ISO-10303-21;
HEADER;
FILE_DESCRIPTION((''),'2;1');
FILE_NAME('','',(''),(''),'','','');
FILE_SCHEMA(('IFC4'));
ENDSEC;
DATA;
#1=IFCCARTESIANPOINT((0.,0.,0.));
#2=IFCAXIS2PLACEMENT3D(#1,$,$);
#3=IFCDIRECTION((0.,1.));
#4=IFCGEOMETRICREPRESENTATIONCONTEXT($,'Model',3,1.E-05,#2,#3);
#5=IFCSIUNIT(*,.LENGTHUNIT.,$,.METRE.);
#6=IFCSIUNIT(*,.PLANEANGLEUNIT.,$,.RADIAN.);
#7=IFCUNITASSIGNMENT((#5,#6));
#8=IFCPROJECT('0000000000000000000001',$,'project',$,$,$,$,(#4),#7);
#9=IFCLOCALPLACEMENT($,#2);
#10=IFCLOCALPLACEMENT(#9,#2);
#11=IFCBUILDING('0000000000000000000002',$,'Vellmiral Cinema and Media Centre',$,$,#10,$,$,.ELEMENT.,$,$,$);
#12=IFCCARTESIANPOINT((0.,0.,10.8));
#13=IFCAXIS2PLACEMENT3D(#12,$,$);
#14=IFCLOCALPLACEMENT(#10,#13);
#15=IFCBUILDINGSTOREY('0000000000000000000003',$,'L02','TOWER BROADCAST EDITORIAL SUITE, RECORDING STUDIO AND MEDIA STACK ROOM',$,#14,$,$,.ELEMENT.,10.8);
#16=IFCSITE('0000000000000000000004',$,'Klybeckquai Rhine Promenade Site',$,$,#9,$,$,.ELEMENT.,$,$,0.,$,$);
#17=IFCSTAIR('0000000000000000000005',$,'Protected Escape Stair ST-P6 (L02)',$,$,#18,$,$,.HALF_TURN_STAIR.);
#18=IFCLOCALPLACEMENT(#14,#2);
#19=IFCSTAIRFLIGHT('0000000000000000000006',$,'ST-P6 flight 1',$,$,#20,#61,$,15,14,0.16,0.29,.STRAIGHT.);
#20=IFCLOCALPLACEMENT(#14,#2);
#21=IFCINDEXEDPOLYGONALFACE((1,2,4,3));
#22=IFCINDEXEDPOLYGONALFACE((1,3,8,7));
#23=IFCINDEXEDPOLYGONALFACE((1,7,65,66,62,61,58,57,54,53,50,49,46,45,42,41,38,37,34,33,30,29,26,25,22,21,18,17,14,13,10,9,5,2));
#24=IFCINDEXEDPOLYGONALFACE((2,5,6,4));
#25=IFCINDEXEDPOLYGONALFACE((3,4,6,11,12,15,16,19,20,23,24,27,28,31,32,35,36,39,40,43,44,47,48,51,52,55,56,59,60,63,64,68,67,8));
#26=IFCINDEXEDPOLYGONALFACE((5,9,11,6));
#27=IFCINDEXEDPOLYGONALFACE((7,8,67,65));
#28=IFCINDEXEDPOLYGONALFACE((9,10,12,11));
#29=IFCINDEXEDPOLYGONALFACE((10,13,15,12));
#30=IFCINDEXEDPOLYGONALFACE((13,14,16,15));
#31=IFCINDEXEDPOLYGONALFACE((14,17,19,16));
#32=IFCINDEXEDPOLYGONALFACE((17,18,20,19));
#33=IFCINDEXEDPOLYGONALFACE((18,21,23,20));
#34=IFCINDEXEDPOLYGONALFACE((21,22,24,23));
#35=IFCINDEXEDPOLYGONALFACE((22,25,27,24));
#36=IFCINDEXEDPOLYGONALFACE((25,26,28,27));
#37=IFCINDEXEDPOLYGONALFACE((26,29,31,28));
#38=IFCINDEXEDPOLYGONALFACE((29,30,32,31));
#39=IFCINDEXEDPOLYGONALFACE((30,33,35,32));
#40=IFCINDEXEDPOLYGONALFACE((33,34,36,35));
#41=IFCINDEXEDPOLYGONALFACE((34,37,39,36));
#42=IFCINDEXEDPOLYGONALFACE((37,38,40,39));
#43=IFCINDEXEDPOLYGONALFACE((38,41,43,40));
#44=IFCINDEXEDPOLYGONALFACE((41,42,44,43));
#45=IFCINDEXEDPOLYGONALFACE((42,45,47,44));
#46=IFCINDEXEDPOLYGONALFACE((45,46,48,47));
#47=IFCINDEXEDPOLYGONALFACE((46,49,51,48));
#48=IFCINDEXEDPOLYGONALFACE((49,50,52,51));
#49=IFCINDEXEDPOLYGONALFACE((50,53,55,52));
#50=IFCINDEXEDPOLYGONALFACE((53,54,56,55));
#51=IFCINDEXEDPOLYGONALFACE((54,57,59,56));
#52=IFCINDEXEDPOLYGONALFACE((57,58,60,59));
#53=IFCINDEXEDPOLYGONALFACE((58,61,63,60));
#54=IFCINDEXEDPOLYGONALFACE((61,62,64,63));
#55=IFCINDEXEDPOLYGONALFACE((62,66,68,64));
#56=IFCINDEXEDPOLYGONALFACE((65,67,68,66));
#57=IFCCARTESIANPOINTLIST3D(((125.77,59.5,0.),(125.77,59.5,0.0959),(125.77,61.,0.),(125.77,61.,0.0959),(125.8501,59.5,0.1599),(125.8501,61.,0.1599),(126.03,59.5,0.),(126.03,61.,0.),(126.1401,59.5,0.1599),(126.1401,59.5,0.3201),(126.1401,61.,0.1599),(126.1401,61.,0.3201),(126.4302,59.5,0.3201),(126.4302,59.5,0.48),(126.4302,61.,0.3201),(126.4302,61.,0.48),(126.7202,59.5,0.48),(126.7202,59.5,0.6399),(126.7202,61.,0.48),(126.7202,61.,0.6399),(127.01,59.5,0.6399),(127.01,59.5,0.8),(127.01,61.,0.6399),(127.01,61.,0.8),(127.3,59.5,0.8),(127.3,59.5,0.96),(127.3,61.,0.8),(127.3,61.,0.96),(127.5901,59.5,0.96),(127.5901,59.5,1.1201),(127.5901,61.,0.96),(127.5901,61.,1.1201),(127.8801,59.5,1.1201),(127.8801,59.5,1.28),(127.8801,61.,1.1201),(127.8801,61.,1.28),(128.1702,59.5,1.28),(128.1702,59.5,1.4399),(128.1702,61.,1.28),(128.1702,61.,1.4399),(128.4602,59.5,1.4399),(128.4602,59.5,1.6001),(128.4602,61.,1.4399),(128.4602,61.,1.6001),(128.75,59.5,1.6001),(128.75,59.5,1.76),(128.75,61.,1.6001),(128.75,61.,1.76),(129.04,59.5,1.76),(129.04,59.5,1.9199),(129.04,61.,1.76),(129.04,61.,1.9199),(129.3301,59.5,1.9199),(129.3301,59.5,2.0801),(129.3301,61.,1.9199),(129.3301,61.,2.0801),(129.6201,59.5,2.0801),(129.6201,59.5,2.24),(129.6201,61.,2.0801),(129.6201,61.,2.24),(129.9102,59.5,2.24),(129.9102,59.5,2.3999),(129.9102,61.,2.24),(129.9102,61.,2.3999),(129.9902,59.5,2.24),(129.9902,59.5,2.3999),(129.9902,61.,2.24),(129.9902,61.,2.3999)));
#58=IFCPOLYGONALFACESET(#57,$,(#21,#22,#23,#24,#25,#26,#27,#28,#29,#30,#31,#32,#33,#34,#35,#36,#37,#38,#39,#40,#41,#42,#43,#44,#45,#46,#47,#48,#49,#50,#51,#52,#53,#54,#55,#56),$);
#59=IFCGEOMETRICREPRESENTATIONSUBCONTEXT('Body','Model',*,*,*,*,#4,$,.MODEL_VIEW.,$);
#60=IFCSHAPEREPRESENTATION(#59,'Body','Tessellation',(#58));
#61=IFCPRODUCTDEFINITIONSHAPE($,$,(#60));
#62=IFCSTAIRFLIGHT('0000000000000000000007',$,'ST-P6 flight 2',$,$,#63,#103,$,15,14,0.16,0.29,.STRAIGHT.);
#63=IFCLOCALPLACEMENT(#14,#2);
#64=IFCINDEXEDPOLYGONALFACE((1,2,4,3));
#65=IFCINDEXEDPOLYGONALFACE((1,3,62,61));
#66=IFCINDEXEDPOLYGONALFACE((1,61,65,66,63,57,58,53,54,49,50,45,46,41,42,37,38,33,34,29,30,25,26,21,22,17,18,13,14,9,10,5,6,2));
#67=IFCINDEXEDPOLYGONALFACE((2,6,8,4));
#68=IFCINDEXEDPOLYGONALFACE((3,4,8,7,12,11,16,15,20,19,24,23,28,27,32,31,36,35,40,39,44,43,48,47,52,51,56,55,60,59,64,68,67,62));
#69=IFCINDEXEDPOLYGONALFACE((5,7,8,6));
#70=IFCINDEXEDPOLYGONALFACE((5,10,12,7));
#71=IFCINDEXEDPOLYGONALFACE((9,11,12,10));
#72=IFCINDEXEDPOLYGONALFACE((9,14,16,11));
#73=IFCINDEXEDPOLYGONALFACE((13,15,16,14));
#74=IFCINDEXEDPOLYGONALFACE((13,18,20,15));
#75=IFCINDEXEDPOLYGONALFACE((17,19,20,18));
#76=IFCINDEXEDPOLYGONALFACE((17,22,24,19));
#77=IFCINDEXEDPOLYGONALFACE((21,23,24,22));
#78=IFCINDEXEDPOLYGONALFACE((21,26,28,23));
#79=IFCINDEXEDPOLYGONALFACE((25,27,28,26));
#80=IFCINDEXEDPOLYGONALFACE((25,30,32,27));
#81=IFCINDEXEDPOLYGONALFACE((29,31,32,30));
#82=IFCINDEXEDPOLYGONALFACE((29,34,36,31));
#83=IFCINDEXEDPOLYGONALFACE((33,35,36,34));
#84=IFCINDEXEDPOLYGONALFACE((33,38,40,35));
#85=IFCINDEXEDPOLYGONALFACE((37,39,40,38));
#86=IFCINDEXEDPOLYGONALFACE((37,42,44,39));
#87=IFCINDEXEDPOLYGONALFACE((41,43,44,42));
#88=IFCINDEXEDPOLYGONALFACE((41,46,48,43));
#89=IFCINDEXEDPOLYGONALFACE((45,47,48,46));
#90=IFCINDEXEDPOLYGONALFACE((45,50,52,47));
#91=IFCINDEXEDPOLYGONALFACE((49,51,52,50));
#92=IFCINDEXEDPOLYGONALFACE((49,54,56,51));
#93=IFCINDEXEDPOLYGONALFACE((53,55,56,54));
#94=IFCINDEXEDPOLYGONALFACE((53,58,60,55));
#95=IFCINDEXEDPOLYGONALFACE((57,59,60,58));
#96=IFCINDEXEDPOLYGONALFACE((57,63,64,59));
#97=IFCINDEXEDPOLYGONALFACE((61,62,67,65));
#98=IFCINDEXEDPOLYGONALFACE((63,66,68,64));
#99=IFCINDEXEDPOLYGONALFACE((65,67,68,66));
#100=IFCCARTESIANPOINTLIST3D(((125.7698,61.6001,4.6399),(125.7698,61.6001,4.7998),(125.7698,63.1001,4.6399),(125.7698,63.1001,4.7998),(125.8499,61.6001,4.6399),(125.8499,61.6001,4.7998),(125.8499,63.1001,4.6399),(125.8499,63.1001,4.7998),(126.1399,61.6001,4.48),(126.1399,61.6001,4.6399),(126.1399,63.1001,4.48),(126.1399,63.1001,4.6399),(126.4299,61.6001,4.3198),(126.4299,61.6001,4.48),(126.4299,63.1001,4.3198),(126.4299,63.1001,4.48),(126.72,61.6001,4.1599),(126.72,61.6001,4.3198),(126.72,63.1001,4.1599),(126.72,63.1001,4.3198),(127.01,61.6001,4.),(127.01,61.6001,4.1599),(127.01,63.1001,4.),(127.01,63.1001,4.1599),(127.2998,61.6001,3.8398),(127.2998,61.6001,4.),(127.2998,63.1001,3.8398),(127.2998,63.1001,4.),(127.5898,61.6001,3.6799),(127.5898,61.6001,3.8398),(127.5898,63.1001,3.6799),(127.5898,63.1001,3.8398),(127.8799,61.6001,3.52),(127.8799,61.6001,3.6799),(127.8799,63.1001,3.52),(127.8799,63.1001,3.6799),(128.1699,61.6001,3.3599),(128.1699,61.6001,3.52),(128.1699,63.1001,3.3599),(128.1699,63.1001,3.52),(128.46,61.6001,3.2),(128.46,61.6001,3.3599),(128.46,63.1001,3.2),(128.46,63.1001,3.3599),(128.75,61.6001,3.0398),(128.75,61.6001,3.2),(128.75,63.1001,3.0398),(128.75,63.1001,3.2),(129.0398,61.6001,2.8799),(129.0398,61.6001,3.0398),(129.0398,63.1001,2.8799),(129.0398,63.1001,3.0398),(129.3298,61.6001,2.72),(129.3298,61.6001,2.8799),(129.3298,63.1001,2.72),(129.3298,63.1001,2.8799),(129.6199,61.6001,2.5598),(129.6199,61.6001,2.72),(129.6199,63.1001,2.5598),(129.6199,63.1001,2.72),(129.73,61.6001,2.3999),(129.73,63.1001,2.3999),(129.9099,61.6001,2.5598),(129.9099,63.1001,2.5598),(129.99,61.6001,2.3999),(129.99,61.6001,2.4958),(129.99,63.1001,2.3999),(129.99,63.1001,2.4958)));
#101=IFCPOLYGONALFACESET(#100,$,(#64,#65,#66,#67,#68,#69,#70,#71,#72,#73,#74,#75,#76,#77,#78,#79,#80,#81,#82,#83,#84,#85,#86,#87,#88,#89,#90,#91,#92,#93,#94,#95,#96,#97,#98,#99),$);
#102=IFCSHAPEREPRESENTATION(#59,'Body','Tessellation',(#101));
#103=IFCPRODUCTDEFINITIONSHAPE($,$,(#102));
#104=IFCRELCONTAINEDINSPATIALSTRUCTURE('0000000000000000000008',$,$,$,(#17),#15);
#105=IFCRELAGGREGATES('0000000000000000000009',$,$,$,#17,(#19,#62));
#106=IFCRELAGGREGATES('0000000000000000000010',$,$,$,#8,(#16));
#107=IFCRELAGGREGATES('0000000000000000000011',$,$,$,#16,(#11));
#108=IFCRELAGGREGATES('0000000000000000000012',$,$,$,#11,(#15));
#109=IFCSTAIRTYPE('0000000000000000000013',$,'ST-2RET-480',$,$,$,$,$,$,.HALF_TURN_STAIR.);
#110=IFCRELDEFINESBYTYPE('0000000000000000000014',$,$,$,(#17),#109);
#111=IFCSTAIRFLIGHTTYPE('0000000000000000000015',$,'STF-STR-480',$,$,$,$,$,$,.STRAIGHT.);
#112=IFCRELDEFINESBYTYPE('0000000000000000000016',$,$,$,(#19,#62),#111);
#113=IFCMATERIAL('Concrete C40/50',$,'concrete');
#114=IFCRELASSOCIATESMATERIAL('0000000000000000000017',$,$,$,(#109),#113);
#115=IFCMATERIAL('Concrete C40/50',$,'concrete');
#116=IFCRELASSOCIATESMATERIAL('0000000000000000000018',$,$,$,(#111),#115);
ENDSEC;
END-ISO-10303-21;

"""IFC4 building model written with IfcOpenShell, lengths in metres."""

from ifc_helpers import new_model, si_unit, direction, frame, origin, place, context, subcontext, project, spatial, polyline, outline, extrude, material, type_object, element, aggregate, save


model = new_model("IFC4")

# Units and contexts
model_context = context("Model", 3, precision=1e-05, world=origin(), true_north=direction((0.0, 1.0)))
body_context = subcontext(model_context, "Body", "Model", "MODEL_VIEW")
ifc_project = project(units=[si_unit("LENGTHUNIT", "METRE"), si_unit("PLANEANGLEUNIT", "RADIAN")], contexts=[model_context])

# Site, building, storey
site_placement = place(None, origin())
site = spatial("IfcSite", under=ifc_project, at=site_placement, Name="Klybeckquai Rhine Promenade Site", CompositionType="ELEMENT", RefElevation=0.0)
building_placement = place(site_placement, origin())
building = spatial("IfcBuilding", under=site, at=building_placement, Name="Vellmiral Cinema and Media Centre", CompositionType="ELEMENT")
storey_placement = place(building_placement, frame((0.0, 0.0, 10.8)))
storey = spatial("IfcBuildingStorey", under=building, at=storey_placement, Name="L02", Description="TOWER BROADCAST EDITORIAL SUITE, RECORDING STUDIO AND MEDIA STACK ROOM", CompositionType="ELEMENT", Elevation=10.8)

# Stair, stair flights
ifc_material_1 = material(Name="Concrete C40/50", Category="concrete")
stair_type = type_object("IfcStairType", Name="ST-2RET-480", PredefinedType="HALF_TURN_STAIR", material=ifc_material_1)
stair_placement = place(storey_placement, origin())
stair = element("IfcStair", 1, at=stair_placement, inside=storey, type_object=stair_type, Name="Protected Escape Stair ST-P6 (L02)", PredefinedType="HALF_TURN_STAIR")
ifc_material_2 = material(Name="Concrete C40/50", Category="concrete")
stair_flight_type = type_object("IfcStairFlightType", Name="STF-STR-480", PredefinedType="STRAIGHT", material=ifc_material_2)
stair_flight_1_placement = place(storey_placement, frame((125.8501, 60.25, 0.0), z_axis=(0.0, 0.0, 1.0), x_axis=(1.0, 0.0, 0.0)))
stair_flight_1 = element("IfcStairFlight", 2, at=stair_flight_1_placement, type_object=stair_flight_type, Name="ST-P6 flight 1", NumberOfRisers=15, NumberOfTreads=14, PredefinedType="STRAIGHT", RiserHeight=0.16, TreadLength=0.29, context=body_context, shape_type="SweptSolid", body=[
    extrude(outline(polyline([(-0.0801, 0.0), (-0.0801, 0.0959), (0.0, 0.1599), (0.29, 0.1599), (0.29, 0.3201), (0.5801, 0.3201), (0.5801, 0.48), (0.8701, 0.48), (0.8701, 0.6399), (1.1599, 0.6399), (1.1599, 0.8), (1.45, 0.8), (1.45, 0.96), (1.74, 0.96), (1.74, 1.1201), (2.03, 1.1201), (2.03, 1.28), (2.3201, 1.28), (2.3201, 1.4399), (2.6101, 1.4399), (2.6101, 1.6001), (2.8999, 1.6001), (2.8999, 1.76), (3.1899, 1.76), (3.1899, 1.9199), (3.48, 1.9199), (3.48, 2.0801), (3.77, 2.0801), (3.77, 2.24), (4.0601, 2.24), (4.0601, 2.3999), (4.1401, 2.3999), (4.1401, 2.24), (0.1799, 0.0), (-0.0801, 0.0)])), frame((0.0, 0.75, 0.0), z_axis=(0.0, -1.0, 0.0), x_axis=(1.0, 0.0, 0.0)), (0.0, 0.0, 1.0), 1.5),
])
stair_flight_2_placement = place(storey_placement, frame((129.9099, 62.3501, 2.3999), z_axis=(0.0, 0.0, 1.0), x_axis=(-1.0, 0.0, 0.0)))
stair_flight_2 = element("IfcStairFlight", 3, at=stair_flight_2_placement, type_object=stair_flight_type, Name="ST-P6 flight 2", NumberOfRisers=15, NumberOfTreads=14, PredefinedType="STRAIGHT", RiserHeight=0.16, TreadLength=0.29, context=body_context, shape_type="SweptSolid", body=[
    extrude(outline(polyline([(-0.0801, 0.0), (-0.0801, 0.0959), (0.0, 0.1599), (0.29, 0.1599), (0.29, 0.3201), (0.5801, 0.3201), (0.5801, 0.48), (0.8701, 0.48), (0.8701, 0.6399), (1.1599, 0.6399), (1.1599, 0.8), (1.45, 0.8), (1.45, 0.96), (1.74, 0.96), (1.74, 1.1201), (2.03, 1.1201), (2.03, 1.28), (2.3201, 1.28), (2.3201, 1.4399), (2.6101, 1.4399), (2.6101, 1.6001), (2.8999, 1.6001), (2.8999, 1.76), (3.1899, 1.76), (3.1899, 1.9199), (3.48, 1.9199), (3.48, 2.0801), (3.77, 2.0801), (3.77, 2.24), (4.0601, 2.24), (4.0601, 2.3999), (4.1401, 2.3999), (4.1401, 2.24), (0.1799, 0.0), (-0.0801, 0.0)])), frame((0.0, 0.75, 0.0), z_axis=(0.0, -1.0, 0.0), x_axis=(1.0, 0.0, 0.0)), (0.0, 0.0, 1.0), 1.5),
])
aggregate(stair, [stair_flight_1, stair_flight_2])

save(model, "model.ifc")
